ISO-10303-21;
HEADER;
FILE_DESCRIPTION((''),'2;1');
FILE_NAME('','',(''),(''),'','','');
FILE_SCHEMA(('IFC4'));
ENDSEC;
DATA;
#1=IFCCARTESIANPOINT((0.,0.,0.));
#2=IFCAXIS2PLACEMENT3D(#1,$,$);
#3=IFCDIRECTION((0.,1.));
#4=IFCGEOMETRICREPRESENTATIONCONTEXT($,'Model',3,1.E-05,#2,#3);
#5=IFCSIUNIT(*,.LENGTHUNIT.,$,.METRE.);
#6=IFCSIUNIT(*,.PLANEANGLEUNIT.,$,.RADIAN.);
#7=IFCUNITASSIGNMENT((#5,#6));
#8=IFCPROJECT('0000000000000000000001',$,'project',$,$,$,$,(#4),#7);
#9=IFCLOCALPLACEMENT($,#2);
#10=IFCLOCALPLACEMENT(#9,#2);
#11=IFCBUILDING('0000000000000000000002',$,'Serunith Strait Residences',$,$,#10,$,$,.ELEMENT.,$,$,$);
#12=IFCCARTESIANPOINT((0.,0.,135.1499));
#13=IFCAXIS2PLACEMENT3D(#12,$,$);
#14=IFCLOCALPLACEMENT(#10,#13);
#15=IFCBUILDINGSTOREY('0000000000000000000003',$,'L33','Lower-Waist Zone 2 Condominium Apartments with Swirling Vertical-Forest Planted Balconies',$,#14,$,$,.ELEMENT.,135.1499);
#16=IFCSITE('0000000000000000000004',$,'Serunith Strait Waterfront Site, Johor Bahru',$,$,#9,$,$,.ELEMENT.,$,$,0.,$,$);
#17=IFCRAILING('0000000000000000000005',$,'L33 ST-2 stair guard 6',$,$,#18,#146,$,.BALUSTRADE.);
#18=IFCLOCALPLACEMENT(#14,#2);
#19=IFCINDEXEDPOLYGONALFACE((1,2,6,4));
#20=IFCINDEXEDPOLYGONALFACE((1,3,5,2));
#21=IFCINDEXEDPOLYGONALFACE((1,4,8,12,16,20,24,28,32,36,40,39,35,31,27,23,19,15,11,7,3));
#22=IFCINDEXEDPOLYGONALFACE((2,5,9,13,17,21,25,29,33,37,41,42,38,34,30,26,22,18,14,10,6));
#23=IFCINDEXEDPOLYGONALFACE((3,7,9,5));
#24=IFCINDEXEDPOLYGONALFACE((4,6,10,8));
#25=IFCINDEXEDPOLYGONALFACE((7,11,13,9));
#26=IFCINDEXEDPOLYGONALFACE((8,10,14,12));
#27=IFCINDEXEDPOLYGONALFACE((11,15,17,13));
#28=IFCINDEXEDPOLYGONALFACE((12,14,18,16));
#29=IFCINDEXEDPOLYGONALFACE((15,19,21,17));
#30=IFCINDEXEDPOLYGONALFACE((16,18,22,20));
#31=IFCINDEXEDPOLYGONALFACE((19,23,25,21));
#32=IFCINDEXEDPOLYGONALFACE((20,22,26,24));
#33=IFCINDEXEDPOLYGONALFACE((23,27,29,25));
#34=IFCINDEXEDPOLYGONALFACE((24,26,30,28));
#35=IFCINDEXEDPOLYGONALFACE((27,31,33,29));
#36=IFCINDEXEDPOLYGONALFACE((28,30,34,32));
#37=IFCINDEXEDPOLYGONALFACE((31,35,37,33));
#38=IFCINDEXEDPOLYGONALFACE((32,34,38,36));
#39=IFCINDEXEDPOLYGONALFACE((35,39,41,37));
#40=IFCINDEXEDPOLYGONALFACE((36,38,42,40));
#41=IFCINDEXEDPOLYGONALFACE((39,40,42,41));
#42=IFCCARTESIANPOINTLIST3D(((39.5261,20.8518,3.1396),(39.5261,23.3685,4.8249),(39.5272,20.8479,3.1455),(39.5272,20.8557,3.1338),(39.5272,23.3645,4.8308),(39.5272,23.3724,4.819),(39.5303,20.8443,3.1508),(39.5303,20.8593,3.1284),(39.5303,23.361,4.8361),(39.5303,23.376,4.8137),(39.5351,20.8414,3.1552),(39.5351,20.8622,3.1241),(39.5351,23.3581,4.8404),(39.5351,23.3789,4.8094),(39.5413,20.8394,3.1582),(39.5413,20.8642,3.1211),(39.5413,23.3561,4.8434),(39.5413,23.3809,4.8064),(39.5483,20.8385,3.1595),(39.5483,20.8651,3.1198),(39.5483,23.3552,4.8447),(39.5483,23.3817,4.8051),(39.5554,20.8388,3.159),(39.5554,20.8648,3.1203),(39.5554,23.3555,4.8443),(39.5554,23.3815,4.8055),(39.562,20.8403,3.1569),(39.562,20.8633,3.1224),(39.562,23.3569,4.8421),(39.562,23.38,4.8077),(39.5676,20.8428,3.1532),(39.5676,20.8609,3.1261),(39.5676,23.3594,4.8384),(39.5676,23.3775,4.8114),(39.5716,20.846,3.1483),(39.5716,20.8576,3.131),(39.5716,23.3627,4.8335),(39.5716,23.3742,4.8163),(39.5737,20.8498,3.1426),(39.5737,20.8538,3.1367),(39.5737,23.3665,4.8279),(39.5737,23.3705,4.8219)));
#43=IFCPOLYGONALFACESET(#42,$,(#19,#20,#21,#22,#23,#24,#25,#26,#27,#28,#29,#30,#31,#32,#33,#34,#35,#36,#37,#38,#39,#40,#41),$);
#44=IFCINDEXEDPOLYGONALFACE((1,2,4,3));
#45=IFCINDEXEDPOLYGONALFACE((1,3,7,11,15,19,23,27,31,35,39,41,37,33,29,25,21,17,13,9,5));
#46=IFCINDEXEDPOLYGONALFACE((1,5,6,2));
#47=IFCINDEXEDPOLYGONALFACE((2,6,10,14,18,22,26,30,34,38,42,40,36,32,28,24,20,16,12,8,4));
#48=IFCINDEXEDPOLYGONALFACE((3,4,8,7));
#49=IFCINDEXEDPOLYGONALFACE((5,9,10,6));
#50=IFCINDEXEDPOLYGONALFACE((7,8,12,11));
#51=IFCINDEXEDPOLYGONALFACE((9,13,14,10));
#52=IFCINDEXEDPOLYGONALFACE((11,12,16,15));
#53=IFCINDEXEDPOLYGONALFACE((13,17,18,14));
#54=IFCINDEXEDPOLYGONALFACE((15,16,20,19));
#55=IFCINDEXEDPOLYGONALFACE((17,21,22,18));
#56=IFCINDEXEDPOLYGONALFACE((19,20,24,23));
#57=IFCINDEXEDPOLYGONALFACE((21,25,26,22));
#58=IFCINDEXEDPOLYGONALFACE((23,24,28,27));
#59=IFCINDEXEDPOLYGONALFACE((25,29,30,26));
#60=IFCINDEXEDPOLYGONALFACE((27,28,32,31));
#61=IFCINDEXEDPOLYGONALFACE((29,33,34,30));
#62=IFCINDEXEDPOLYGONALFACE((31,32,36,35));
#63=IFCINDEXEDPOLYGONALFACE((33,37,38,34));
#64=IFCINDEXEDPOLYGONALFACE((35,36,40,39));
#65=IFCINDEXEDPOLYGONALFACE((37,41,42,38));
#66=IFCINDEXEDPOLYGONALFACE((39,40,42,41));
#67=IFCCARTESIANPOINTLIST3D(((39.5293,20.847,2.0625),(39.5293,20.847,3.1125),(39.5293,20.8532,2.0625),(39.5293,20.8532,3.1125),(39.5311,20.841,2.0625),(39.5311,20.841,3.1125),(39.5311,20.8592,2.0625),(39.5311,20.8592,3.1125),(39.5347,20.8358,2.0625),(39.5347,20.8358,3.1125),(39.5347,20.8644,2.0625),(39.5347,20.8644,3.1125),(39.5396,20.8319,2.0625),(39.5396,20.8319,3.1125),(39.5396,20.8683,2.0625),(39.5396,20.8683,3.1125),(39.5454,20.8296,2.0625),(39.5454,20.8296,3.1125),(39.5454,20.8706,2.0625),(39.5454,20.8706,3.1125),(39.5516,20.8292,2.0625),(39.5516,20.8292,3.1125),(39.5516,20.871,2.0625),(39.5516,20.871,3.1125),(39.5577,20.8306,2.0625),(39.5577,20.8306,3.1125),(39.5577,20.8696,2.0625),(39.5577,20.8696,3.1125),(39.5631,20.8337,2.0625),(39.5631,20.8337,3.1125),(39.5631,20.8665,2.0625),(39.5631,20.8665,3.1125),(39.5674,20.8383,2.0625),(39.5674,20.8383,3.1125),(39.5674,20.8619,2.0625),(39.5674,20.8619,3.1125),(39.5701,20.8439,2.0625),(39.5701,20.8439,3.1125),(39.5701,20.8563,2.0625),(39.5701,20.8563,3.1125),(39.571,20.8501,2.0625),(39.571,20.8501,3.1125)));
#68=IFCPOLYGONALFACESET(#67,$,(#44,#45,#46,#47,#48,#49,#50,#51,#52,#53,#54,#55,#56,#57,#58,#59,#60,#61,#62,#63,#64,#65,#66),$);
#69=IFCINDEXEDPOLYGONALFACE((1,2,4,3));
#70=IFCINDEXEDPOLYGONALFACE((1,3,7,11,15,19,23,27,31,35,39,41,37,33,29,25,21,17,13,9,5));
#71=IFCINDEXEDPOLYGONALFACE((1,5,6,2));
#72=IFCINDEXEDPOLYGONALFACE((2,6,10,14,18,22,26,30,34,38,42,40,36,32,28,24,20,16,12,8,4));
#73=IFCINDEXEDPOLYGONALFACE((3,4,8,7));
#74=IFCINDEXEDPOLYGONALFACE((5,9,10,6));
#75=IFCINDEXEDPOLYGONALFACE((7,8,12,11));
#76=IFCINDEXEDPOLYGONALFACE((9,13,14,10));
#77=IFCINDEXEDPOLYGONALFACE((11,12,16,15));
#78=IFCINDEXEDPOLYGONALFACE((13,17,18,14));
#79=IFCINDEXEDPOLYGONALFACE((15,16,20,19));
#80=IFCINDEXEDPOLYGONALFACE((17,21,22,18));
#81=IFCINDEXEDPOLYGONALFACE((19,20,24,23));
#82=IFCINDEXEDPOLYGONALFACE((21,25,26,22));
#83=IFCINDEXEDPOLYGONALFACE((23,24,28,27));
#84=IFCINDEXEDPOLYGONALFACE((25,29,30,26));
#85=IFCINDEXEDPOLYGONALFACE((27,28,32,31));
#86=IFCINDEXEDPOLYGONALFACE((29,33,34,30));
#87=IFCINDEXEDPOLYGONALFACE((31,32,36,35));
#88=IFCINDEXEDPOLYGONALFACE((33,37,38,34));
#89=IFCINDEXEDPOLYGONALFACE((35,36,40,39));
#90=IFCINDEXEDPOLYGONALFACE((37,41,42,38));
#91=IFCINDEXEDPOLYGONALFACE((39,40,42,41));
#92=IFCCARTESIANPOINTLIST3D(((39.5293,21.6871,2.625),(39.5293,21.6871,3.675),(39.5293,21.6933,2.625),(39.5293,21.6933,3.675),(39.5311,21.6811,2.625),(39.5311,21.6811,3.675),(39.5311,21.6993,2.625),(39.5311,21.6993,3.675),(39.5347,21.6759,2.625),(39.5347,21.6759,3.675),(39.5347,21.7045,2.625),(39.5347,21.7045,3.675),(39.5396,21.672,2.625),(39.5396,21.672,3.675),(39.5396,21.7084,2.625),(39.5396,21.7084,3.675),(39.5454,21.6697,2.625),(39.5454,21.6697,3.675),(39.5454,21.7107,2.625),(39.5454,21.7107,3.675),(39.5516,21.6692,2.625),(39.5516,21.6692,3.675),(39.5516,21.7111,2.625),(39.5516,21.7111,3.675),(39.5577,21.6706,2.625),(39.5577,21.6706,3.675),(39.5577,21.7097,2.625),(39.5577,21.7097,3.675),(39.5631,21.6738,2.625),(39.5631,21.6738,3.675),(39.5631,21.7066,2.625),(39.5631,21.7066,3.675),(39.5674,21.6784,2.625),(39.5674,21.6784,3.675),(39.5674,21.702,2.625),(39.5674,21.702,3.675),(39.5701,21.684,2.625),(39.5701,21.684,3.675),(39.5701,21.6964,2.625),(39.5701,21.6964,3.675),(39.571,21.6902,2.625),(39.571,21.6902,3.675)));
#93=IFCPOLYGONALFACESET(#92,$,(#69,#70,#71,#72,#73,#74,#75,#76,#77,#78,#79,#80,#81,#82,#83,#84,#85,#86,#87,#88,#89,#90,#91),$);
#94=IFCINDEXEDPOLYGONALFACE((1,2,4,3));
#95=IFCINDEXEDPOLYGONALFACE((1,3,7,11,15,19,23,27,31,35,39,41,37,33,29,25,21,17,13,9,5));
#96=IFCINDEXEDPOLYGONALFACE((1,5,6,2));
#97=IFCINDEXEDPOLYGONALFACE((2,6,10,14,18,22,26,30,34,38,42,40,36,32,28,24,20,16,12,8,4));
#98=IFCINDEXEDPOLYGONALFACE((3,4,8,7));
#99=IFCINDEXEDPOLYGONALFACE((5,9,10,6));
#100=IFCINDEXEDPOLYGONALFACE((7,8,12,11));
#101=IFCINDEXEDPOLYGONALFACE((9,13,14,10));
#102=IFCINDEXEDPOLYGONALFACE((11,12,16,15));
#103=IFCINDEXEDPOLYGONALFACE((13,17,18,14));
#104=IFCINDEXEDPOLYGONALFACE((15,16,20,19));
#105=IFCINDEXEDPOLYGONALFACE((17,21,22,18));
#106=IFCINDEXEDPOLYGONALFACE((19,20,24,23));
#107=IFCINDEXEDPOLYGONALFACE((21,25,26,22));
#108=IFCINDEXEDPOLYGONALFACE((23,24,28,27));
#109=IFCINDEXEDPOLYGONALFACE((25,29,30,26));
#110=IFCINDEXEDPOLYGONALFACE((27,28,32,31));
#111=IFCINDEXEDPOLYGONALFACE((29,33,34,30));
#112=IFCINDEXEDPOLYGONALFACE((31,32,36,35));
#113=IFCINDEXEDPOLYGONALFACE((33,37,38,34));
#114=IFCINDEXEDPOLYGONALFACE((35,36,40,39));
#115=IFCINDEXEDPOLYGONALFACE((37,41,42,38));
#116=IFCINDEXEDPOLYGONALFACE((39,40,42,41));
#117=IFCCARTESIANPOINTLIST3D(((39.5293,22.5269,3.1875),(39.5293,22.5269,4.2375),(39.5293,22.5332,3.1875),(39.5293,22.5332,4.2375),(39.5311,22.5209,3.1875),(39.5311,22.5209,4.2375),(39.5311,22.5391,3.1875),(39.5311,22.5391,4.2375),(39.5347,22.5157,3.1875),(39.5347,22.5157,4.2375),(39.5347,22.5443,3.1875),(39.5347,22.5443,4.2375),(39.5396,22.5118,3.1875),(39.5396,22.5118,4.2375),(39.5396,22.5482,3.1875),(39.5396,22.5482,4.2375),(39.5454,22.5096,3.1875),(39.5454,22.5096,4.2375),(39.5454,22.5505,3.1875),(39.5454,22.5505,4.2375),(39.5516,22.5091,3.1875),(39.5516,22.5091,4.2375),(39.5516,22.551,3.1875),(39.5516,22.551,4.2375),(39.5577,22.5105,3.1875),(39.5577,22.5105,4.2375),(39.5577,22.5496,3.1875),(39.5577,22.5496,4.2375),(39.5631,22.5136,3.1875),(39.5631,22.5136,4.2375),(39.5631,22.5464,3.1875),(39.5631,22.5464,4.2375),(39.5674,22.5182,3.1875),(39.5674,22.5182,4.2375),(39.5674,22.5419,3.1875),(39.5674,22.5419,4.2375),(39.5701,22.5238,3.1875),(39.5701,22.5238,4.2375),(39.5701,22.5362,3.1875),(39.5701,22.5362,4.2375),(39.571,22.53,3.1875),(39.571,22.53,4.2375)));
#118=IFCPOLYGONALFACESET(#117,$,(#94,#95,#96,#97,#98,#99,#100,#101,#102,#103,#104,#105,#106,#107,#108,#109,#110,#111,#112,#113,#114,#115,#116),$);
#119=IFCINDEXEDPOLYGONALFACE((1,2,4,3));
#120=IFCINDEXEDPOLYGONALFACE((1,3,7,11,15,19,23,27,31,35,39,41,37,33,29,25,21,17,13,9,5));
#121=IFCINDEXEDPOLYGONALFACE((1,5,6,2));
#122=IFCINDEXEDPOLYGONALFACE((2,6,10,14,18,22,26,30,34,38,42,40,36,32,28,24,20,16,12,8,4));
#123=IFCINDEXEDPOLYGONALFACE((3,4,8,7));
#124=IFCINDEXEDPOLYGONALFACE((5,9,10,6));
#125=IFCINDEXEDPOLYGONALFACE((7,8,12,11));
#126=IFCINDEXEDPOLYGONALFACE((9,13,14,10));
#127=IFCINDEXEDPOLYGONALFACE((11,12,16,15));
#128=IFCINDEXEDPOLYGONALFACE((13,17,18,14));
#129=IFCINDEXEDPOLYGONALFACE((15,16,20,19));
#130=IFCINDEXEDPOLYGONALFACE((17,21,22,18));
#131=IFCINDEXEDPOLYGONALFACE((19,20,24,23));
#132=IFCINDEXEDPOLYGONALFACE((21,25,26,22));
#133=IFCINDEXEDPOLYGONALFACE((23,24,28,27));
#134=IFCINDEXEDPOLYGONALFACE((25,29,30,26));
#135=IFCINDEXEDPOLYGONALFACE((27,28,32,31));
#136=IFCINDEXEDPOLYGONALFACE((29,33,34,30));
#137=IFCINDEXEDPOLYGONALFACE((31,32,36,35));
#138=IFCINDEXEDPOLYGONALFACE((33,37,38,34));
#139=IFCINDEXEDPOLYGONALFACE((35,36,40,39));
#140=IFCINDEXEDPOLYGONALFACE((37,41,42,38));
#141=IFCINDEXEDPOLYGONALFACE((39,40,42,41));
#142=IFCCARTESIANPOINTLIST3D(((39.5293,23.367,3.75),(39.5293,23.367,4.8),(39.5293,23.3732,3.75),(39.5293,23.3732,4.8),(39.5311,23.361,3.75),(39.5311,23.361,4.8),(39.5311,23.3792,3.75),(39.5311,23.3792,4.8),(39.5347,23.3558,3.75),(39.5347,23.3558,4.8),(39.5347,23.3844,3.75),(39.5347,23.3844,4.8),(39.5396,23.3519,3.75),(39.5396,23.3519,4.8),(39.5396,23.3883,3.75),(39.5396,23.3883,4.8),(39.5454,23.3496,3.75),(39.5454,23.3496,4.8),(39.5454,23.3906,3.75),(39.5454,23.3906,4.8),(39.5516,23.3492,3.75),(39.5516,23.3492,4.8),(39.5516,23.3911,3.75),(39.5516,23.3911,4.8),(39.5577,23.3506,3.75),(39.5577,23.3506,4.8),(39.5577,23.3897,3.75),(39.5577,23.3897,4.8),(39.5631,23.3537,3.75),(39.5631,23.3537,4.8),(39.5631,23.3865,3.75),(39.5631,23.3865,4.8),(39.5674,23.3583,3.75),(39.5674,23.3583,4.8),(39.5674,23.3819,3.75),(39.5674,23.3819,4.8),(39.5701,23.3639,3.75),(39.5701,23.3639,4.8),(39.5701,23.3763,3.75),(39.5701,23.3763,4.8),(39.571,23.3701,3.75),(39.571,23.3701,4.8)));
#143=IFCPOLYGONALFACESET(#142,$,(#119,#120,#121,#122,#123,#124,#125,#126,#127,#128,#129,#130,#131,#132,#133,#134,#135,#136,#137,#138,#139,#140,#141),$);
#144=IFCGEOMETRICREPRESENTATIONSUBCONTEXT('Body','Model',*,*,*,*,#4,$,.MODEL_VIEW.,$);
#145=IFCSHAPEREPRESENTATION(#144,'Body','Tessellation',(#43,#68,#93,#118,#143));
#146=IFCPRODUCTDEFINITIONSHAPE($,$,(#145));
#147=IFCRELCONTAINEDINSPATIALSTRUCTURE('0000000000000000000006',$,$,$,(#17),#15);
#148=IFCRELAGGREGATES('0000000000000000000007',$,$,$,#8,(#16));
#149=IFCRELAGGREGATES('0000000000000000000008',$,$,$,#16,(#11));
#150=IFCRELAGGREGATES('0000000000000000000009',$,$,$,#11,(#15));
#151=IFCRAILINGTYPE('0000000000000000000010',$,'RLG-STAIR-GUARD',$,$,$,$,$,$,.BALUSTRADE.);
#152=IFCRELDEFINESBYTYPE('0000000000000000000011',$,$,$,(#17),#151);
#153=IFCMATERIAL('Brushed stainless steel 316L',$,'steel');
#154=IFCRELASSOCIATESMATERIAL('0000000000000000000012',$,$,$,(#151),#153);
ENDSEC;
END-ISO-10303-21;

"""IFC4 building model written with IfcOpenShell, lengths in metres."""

from ifc_helpers import new_model, si_unit, direction, frame, origin, origin_2d, place, context, subcontext, project, spatial, circle, extrude, material, type_object, element, save


model = new_model("IFC4")

# Units and contexts
model_context = context("Model", 3, precision=1e-05, world=origin(), true_north=direction((0.0, 1.0)))
body_context = subcontext(model_context, "Body", "Model", "MODEL_VIEW")
ifc_project = project(units=[si_unit("LENGTHUNIT", "METRE"), si_unit("PLANEANGLEUNIT", "RADIAN")], contexts=[model_context])

# Site, building, storey
site_placement = place(None, origin())
site = spatial("IfcSite", under=ifc_project, at=site_placement, Name="Serunith Strait Waterfront Site, Johor Bahru", CompositionType="ELEMENT", RefElevation=0.0)
building_placement = place(site_placement, origin())
building = spatial("IfcBuilding", under=site, at=building_placement, Name="Serunith Strait Residences", CompositionType="ELEMENT")
storey_placement = place(building_placement, frame((0.0, 0.0, 135.1499)))
storey = spatial("IfcBuildingStorey", under=building, at=storey_placement, Name="L33", Description="Lower-Waist Zone 2 Condominium Apartments with Swirling Vertical-Forest Planted Balconies", CompositionType="ELEMENT", Elevation=135.1499)

# Railing
ifc_material_1 = material(Name="Brushed stainless steel 316L", Category="steel")
railing_type_1 = type_object("IfcRailingType", Name="RLG-STAIR-GUARD", PredefinedType="BALUSTRADE", material=ifc_material_1)
railing_1_placement = place(storey_placement, frame((39.55, 20.8501, 2.0625)))
element("IfcRailing", 1, at=railing_1_placement, inside=storey, type_object=railing_type_1, Name="L33 ST-2 stair guard 6", PredefinedType="BALUSTRADE", context=body_context, shape_type="SweptSolid", body=[
    extrude(circle(Radius=0.0239, at=origin_2d()), frame((0.0, 0.0017, 1.0771), z_axis=(0.0, 0.830909, 0.556408), x_axis=(-1.0, 0.0, 0.0)), (0.0, 0.0, 1.0), 3.0288),
    extrude(circle(Radius=0.021, at=origin_2d()), origin(), (0.0, 0.0, 1.0), 1.05),
    extrude(circle(Radius=0.021, at=origin_2d()), frame((0.0, 0.8401, 0.5625)), (0.0, 0.0, 1.0), 1.05),
    extrude(circle(Radius=0.021, at=origin_2d()), frame((0.0, 1.6799, 1.125)), (0.0, 0.0, 1.0), 1.05),
    extrude(circle(Radius=0.021, at=origin_2d()), frame((0.0, 2.52, 1.6875)), (0.0, 0.0, 1.0), 1.05),
])

save(model, "model.ifc")
